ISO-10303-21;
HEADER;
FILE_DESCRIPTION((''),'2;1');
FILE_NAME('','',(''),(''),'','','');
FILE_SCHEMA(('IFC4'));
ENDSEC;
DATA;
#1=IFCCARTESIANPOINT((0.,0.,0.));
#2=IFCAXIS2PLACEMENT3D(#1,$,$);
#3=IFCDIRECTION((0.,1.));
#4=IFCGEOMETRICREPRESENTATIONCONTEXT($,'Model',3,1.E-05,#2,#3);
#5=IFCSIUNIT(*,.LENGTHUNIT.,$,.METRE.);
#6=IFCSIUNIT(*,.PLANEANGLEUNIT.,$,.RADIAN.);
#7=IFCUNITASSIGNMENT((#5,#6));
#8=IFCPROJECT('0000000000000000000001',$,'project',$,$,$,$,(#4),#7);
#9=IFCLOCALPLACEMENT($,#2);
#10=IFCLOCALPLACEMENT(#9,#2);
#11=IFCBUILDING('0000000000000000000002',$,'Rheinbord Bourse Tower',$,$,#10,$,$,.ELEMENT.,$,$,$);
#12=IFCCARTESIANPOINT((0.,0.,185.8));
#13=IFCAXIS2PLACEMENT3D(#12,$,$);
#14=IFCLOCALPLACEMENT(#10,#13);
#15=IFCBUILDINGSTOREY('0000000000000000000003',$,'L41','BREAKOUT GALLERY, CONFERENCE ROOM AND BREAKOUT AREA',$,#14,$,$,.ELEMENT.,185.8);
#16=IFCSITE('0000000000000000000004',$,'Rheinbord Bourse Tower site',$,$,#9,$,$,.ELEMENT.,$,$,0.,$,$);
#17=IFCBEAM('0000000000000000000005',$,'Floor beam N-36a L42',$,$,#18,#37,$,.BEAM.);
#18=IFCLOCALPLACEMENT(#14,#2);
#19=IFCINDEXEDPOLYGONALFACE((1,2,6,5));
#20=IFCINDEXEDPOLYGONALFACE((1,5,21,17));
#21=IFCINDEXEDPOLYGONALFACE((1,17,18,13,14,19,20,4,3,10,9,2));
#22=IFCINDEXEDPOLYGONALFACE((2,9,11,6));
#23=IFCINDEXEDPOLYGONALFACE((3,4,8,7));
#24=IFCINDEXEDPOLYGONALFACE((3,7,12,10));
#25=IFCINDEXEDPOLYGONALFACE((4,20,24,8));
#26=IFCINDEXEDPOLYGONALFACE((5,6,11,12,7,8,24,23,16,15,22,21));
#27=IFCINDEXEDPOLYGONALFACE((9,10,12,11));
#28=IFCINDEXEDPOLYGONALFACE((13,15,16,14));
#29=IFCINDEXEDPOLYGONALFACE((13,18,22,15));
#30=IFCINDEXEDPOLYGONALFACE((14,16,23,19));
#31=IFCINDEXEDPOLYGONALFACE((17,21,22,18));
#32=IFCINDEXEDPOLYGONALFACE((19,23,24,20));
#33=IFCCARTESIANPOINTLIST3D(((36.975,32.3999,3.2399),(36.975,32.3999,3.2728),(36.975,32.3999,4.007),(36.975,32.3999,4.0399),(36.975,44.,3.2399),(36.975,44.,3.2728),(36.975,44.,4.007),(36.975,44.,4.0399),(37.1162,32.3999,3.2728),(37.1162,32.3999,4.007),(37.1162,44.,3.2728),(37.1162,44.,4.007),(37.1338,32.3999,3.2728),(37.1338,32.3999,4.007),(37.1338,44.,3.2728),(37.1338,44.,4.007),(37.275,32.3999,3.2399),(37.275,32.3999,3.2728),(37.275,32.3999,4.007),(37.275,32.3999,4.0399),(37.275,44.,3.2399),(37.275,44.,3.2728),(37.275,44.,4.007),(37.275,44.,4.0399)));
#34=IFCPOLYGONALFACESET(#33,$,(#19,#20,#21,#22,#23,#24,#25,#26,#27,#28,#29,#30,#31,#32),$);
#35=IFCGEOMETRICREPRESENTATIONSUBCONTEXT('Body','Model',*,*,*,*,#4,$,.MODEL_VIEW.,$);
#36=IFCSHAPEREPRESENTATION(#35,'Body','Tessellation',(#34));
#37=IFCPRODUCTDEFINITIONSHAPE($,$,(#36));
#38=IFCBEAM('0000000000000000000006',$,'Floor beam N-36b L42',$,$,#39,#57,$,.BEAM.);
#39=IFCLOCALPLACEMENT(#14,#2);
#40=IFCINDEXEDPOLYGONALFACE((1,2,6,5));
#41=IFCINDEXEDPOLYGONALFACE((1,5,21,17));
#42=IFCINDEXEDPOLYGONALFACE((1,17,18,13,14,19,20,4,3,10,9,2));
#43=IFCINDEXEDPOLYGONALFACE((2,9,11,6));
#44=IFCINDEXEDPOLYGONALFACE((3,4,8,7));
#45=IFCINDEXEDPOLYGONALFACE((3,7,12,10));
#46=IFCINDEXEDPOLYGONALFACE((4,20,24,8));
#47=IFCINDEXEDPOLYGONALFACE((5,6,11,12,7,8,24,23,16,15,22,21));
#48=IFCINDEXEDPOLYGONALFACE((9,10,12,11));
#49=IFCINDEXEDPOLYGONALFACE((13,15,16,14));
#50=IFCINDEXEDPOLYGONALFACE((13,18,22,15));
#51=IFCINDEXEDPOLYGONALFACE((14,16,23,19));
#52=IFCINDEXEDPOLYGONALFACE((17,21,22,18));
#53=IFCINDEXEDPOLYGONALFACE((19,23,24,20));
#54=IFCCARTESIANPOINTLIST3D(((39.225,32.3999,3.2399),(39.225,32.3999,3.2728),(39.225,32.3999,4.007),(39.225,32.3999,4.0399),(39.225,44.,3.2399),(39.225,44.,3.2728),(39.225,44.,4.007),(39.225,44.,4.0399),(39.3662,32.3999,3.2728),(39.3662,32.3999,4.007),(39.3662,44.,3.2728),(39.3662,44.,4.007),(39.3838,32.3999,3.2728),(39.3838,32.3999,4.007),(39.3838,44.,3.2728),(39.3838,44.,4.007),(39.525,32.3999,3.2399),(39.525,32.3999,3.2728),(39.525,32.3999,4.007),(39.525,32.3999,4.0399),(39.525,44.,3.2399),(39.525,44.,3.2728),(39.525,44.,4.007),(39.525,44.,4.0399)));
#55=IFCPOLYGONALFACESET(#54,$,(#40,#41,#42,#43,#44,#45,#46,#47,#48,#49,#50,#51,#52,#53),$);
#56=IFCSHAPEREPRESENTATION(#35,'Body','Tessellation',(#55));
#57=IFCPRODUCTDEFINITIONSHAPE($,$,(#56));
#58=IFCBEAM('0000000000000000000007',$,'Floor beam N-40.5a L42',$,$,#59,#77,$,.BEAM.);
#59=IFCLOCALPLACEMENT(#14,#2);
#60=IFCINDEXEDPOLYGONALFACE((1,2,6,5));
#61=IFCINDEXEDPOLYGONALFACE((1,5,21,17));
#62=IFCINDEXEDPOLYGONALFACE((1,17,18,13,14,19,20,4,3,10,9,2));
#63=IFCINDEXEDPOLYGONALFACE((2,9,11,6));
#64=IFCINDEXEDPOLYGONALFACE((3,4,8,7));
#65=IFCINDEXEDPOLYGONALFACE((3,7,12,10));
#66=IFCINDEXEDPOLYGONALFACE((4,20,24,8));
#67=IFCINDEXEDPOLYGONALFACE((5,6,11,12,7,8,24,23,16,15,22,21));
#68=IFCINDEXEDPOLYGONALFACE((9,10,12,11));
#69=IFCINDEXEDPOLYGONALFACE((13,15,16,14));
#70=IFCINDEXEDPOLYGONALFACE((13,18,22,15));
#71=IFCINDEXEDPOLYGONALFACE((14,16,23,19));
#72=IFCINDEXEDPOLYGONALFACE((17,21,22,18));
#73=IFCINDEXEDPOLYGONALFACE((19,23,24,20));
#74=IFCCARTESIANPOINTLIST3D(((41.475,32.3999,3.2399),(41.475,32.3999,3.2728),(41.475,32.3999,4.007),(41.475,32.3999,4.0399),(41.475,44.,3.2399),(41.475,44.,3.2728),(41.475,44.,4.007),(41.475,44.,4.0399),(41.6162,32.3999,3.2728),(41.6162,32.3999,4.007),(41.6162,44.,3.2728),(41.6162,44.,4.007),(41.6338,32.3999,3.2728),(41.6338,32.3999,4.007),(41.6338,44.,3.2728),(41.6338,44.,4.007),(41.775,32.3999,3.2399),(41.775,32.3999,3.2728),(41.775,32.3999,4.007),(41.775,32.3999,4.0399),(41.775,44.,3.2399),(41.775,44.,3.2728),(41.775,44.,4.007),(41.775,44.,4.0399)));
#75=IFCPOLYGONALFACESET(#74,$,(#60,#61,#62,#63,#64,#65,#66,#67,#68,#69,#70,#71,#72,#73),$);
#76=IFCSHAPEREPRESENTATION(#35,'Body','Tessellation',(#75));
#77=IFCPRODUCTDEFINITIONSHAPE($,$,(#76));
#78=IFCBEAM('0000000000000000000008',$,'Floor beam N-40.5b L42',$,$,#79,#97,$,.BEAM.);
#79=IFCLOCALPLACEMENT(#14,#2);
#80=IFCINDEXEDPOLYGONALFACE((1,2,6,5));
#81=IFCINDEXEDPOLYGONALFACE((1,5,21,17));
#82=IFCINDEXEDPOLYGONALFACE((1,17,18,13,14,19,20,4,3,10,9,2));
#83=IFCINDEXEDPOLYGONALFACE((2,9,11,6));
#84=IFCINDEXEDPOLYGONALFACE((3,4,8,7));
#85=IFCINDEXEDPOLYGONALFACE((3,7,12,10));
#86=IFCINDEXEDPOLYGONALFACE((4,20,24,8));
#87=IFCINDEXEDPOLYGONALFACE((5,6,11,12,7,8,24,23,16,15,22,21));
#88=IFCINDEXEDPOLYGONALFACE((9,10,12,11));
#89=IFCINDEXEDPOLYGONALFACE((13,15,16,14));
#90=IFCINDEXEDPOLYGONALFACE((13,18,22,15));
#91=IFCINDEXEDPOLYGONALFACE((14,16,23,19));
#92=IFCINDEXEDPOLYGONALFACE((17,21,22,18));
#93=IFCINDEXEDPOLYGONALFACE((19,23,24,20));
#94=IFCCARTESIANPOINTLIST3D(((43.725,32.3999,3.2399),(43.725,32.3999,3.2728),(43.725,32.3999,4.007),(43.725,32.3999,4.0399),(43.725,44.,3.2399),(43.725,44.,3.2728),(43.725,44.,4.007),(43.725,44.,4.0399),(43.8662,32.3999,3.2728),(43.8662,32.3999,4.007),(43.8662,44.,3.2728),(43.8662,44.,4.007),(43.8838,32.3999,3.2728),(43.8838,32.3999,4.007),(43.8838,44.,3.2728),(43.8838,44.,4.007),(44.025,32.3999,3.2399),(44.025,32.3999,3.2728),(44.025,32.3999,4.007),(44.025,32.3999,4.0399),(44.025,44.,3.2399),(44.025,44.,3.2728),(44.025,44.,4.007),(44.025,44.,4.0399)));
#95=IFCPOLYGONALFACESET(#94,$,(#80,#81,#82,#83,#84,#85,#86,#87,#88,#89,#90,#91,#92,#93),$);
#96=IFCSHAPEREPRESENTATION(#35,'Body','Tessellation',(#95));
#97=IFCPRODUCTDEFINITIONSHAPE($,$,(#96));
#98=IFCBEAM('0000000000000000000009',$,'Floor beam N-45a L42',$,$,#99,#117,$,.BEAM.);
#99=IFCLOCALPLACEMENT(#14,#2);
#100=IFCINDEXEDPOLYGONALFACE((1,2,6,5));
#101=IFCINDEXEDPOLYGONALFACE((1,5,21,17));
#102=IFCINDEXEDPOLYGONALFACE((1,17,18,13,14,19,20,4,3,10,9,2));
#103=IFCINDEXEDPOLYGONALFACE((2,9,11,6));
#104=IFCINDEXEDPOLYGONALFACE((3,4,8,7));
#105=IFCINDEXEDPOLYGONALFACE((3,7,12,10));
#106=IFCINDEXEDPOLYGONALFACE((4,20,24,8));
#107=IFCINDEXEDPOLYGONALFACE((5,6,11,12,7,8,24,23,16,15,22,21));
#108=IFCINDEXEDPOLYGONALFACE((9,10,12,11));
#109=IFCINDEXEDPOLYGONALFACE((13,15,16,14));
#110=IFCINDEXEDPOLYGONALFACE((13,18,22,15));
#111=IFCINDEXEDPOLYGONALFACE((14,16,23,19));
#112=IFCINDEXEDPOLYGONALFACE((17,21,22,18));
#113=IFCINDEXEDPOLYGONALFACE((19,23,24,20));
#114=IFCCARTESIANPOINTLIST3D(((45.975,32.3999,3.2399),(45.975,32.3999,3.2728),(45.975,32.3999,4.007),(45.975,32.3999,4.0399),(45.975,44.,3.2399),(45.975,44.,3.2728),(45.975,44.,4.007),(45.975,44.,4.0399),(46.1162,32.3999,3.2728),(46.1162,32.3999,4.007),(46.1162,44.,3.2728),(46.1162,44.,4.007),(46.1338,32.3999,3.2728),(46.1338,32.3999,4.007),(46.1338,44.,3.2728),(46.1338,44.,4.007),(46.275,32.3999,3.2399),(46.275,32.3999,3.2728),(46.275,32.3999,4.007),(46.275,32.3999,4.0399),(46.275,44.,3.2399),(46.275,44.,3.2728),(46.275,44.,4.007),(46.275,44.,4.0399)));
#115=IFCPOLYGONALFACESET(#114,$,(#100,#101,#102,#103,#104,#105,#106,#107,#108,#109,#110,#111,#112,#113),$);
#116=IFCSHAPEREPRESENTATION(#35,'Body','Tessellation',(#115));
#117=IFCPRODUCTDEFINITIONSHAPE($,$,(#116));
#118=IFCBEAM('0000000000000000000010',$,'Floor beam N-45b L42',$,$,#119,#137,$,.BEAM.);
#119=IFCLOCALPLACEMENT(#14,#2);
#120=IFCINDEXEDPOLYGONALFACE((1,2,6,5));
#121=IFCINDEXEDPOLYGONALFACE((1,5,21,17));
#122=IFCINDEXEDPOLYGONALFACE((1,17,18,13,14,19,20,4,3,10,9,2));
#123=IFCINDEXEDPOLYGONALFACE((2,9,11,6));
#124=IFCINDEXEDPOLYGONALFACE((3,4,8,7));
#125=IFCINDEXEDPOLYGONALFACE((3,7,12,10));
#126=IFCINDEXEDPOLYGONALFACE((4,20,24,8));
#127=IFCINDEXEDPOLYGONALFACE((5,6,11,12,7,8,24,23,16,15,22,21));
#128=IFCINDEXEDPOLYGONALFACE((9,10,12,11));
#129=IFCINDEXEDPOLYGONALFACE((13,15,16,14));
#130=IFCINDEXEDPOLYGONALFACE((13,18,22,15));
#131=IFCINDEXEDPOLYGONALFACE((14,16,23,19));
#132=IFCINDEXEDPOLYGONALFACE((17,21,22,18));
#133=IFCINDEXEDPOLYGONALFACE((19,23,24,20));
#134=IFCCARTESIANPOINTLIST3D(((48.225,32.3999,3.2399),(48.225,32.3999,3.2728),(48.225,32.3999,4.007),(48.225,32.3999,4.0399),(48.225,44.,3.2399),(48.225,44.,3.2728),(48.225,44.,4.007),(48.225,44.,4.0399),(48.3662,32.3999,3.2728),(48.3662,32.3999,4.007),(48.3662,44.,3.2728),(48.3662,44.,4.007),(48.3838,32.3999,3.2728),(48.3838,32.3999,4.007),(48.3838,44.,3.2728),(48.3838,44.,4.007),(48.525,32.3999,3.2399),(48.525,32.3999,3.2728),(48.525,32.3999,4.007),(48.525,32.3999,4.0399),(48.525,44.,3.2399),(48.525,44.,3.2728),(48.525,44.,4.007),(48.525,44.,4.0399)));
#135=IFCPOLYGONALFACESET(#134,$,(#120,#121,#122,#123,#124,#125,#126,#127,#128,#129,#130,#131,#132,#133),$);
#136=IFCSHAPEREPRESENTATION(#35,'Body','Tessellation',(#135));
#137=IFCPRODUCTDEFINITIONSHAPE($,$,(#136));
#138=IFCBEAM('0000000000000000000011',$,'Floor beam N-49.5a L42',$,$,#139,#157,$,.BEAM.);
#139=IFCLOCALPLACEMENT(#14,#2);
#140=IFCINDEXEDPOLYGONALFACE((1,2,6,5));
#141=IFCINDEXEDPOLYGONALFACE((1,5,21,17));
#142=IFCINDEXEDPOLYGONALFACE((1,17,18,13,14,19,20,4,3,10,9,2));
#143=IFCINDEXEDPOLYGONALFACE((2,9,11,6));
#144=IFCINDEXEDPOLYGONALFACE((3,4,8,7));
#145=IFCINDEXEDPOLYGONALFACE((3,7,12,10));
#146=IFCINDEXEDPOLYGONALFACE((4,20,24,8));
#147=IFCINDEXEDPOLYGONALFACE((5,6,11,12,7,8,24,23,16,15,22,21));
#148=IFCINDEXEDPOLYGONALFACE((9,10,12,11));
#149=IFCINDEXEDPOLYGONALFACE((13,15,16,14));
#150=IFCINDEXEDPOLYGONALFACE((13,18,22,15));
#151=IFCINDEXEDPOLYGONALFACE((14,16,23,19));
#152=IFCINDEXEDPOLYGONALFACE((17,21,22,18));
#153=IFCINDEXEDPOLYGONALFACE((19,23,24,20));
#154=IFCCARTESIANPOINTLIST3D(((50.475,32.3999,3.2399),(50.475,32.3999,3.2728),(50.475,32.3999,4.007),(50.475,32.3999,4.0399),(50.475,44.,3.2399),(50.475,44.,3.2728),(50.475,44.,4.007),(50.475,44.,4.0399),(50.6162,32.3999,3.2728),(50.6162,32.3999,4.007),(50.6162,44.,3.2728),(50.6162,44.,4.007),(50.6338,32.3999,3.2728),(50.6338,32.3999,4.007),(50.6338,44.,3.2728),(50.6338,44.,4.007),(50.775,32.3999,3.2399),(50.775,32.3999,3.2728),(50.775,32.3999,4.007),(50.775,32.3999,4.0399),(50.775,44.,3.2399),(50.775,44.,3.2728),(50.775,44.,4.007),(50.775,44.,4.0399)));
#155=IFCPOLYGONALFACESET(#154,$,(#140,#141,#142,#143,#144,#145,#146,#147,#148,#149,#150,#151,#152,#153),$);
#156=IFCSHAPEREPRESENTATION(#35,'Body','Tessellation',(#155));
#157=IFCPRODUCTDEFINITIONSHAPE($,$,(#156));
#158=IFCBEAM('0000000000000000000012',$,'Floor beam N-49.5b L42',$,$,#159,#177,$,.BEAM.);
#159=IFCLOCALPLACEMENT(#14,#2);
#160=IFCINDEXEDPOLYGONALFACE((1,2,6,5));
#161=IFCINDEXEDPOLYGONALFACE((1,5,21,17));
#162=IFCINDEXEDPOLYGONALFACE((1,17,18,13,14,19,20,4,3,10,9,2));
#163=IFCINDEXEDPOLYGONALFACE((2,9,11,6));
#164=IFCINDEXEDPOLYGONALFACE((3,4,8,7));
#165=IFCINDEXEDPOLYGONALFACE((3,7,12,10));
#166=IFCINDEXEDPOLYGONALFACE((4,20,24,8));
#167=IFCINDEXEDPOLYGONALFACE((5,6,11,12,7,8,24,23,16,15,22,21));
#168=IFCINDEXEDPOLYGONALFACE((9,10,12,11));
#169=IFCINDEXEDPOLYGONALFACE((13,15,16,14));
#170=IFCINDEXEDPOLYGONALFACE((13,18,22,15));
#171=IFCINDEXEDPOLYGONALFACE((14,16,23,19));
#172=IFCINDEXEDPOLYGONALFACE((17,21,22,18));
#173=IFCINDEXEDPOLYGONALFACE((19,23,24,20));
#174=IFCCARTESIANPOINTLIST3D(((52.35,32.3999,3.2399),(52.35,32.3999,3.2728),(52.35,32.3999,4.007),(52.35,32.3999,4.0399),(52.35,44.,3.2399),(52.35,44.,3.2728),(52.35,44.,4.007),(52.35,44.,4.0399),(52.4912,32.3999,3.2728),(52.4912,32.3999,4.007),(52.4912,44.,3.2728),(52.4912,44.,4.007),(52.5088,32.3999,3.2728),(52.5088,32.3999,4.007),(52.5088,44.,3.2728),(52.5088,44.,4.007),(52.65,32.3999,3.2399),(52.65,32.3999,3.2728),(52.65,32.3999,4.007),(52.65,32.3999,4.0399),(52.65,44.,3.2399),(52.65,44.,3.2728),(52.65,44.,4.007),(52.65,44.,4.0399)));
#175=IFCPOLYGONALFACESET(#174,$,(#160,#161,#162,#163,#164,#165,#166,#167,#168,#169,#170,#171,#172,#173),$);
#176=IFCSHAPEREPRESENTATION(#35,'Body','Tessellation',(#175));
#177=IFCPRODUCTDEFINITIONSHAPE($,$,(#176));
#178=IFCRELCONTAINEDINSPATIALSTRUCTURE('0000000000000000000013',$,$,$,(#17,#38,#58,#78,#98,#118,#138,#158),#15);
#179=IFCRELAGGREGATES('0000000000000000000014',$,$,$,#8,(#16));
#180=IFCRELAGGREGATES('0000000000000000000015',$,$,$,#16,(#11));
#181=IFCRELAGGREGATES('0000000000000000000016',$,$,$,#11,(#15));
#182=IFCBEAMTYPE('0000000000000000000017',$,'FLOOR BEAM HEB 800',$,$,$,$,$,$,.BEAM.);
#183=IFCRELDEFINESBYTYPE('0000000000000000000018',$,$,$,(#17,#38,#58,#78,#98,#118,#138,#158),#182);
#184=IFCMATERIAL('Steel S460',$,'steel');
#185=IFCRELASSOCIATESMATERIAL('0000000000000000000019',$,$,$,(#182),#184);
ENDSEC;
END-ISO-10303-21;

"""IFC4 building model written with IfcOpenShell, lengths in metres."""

from ifc_helpers import new_model, si_unit, direction, frame, origin, origin_2d, place, context, subcontext, project, spatial, i_section, extrude, material, material_profile, profile_set, type_object, element, save


model = new_model("IFC4")

# Units and contexts
model_context = context("Model", 3, precision=1e-05, world=origin(), true_north=direction((0.0, 1.0)))
body_context = subcontext(model_context, "Body", "Model", "MODEL_VIEW")
ifc_project = project(units=[si_unit("LENGTHUNIT", "METRE"), si_unit("PLANEANGLEUNIT", "RADIAN")], contexts=[model_context])

# Site, building, storey
site_placement = place(None, origin())
site = spatial("IfcSite", under=ifc_project, at=site_placement, Name="Rheinbord Bourse Tower site", CompositionType="ELEMENT", RefElevation=0.0)
building_placement = place(site_placement, origin())
building = spatial("IfcBuilding", under=site, at=building_placement, Name="Rheinbord Bourse Tower", CompositionType="ELEMENT")
storey_placement = place(building_placement, frame((0.0, 0.0, 185.8)))
storey = spatial("IfcBuildingStorey", under=building, at=storey_placement, Name="L41", Description="BREAKOUT GALLERY, CONFERENCE ROOM AND BREAKOUT AREA", CompositionType="ELEMENT", Elevation=185.8)

# Beams
ifc_material_1 = material(Name="Steel S460", Category="steel")
ifc_material_profile_1 = material_profile(ifc_material_1, i_section(OverallWidth=0.3, OverallDepth=0.8, WebThickness=0.0176, FlangeThickness=0.033, at=origin_2d()), Name="HEB 800")
ifc_profile_set_1 = profile_set([ifc_material_profile_1], Name="Steel S460")
beam_type_1 = type_object("IfcBeamType", Name="FLOOR BEAM HEB 800", PredefinedType="BEAM", material=ifc_profile_set_1)
for number, where, z_axis, x_axis, name in (
    (1, (37.125, 44.0, 3.6399), (0.0, -1.0, 0.0), (1.0, 0.0, 0.0), "Floor beam N-36a L42"),
    (2, (39.375, 44.0, 3.6399), (0.0, -1.0, 0.0), (1.0, 0.0, 0.0), "Floor beam N-36b L42"),
    (3, (41.625, 44.0, 3.6399), (0.0, -1.0, 0.0), (1.0, 0.0, 0.0), "Floor beam N-40.5a L42"),
    (4, (43.875, 44.0, 3.6399), (0.0, -1.0, 0.0), (1.0, 0.0, 0.0), "Floor beam N-40.5b L42"),
    (5, (46.125, 44.0, 3.6399), (0.0, -1.0, 0.0), (1.0, 0.0, 0.0), "Floor beam N-45a L42"),
    (6, (48.375, 44.0, 3.6399), (0.0, -1.0, 0.0), (1.0, 0.0, 0.0), "Floor beam N-45b L42"),
    (7, (50.625, 44.0, 3.6399), (0.0, -1.0, 0.0), (1.0, 0.0, 0.0), "Floor beam N-49.5a L42"),
    (8, (52.5, 44.0, 3.6399), (0.0, -1.0, 0.0), (1.0, 0.0, 0.0), "Floor beam N-49.5b L42"),
):
    element("IfcBeam", number, at=place(storey_placement, frame(where, z_axis=z_axis, x_axis=x_axis)), inside=storey, type_object=beam_type_1, Name=name, PredefinedType="BEAM", context=body_context, shape_type="SweptSolid", body=[
        extrude(i_section(OverallWidth=0.3, OverallDepth=0.8, WebThickness=0.0176, FlangeThickness=0.033, at=origin_2d()), origin(), (0.0, 0.0, 1.0), 11.6001),
    ])

save(model, "model.ifc")
